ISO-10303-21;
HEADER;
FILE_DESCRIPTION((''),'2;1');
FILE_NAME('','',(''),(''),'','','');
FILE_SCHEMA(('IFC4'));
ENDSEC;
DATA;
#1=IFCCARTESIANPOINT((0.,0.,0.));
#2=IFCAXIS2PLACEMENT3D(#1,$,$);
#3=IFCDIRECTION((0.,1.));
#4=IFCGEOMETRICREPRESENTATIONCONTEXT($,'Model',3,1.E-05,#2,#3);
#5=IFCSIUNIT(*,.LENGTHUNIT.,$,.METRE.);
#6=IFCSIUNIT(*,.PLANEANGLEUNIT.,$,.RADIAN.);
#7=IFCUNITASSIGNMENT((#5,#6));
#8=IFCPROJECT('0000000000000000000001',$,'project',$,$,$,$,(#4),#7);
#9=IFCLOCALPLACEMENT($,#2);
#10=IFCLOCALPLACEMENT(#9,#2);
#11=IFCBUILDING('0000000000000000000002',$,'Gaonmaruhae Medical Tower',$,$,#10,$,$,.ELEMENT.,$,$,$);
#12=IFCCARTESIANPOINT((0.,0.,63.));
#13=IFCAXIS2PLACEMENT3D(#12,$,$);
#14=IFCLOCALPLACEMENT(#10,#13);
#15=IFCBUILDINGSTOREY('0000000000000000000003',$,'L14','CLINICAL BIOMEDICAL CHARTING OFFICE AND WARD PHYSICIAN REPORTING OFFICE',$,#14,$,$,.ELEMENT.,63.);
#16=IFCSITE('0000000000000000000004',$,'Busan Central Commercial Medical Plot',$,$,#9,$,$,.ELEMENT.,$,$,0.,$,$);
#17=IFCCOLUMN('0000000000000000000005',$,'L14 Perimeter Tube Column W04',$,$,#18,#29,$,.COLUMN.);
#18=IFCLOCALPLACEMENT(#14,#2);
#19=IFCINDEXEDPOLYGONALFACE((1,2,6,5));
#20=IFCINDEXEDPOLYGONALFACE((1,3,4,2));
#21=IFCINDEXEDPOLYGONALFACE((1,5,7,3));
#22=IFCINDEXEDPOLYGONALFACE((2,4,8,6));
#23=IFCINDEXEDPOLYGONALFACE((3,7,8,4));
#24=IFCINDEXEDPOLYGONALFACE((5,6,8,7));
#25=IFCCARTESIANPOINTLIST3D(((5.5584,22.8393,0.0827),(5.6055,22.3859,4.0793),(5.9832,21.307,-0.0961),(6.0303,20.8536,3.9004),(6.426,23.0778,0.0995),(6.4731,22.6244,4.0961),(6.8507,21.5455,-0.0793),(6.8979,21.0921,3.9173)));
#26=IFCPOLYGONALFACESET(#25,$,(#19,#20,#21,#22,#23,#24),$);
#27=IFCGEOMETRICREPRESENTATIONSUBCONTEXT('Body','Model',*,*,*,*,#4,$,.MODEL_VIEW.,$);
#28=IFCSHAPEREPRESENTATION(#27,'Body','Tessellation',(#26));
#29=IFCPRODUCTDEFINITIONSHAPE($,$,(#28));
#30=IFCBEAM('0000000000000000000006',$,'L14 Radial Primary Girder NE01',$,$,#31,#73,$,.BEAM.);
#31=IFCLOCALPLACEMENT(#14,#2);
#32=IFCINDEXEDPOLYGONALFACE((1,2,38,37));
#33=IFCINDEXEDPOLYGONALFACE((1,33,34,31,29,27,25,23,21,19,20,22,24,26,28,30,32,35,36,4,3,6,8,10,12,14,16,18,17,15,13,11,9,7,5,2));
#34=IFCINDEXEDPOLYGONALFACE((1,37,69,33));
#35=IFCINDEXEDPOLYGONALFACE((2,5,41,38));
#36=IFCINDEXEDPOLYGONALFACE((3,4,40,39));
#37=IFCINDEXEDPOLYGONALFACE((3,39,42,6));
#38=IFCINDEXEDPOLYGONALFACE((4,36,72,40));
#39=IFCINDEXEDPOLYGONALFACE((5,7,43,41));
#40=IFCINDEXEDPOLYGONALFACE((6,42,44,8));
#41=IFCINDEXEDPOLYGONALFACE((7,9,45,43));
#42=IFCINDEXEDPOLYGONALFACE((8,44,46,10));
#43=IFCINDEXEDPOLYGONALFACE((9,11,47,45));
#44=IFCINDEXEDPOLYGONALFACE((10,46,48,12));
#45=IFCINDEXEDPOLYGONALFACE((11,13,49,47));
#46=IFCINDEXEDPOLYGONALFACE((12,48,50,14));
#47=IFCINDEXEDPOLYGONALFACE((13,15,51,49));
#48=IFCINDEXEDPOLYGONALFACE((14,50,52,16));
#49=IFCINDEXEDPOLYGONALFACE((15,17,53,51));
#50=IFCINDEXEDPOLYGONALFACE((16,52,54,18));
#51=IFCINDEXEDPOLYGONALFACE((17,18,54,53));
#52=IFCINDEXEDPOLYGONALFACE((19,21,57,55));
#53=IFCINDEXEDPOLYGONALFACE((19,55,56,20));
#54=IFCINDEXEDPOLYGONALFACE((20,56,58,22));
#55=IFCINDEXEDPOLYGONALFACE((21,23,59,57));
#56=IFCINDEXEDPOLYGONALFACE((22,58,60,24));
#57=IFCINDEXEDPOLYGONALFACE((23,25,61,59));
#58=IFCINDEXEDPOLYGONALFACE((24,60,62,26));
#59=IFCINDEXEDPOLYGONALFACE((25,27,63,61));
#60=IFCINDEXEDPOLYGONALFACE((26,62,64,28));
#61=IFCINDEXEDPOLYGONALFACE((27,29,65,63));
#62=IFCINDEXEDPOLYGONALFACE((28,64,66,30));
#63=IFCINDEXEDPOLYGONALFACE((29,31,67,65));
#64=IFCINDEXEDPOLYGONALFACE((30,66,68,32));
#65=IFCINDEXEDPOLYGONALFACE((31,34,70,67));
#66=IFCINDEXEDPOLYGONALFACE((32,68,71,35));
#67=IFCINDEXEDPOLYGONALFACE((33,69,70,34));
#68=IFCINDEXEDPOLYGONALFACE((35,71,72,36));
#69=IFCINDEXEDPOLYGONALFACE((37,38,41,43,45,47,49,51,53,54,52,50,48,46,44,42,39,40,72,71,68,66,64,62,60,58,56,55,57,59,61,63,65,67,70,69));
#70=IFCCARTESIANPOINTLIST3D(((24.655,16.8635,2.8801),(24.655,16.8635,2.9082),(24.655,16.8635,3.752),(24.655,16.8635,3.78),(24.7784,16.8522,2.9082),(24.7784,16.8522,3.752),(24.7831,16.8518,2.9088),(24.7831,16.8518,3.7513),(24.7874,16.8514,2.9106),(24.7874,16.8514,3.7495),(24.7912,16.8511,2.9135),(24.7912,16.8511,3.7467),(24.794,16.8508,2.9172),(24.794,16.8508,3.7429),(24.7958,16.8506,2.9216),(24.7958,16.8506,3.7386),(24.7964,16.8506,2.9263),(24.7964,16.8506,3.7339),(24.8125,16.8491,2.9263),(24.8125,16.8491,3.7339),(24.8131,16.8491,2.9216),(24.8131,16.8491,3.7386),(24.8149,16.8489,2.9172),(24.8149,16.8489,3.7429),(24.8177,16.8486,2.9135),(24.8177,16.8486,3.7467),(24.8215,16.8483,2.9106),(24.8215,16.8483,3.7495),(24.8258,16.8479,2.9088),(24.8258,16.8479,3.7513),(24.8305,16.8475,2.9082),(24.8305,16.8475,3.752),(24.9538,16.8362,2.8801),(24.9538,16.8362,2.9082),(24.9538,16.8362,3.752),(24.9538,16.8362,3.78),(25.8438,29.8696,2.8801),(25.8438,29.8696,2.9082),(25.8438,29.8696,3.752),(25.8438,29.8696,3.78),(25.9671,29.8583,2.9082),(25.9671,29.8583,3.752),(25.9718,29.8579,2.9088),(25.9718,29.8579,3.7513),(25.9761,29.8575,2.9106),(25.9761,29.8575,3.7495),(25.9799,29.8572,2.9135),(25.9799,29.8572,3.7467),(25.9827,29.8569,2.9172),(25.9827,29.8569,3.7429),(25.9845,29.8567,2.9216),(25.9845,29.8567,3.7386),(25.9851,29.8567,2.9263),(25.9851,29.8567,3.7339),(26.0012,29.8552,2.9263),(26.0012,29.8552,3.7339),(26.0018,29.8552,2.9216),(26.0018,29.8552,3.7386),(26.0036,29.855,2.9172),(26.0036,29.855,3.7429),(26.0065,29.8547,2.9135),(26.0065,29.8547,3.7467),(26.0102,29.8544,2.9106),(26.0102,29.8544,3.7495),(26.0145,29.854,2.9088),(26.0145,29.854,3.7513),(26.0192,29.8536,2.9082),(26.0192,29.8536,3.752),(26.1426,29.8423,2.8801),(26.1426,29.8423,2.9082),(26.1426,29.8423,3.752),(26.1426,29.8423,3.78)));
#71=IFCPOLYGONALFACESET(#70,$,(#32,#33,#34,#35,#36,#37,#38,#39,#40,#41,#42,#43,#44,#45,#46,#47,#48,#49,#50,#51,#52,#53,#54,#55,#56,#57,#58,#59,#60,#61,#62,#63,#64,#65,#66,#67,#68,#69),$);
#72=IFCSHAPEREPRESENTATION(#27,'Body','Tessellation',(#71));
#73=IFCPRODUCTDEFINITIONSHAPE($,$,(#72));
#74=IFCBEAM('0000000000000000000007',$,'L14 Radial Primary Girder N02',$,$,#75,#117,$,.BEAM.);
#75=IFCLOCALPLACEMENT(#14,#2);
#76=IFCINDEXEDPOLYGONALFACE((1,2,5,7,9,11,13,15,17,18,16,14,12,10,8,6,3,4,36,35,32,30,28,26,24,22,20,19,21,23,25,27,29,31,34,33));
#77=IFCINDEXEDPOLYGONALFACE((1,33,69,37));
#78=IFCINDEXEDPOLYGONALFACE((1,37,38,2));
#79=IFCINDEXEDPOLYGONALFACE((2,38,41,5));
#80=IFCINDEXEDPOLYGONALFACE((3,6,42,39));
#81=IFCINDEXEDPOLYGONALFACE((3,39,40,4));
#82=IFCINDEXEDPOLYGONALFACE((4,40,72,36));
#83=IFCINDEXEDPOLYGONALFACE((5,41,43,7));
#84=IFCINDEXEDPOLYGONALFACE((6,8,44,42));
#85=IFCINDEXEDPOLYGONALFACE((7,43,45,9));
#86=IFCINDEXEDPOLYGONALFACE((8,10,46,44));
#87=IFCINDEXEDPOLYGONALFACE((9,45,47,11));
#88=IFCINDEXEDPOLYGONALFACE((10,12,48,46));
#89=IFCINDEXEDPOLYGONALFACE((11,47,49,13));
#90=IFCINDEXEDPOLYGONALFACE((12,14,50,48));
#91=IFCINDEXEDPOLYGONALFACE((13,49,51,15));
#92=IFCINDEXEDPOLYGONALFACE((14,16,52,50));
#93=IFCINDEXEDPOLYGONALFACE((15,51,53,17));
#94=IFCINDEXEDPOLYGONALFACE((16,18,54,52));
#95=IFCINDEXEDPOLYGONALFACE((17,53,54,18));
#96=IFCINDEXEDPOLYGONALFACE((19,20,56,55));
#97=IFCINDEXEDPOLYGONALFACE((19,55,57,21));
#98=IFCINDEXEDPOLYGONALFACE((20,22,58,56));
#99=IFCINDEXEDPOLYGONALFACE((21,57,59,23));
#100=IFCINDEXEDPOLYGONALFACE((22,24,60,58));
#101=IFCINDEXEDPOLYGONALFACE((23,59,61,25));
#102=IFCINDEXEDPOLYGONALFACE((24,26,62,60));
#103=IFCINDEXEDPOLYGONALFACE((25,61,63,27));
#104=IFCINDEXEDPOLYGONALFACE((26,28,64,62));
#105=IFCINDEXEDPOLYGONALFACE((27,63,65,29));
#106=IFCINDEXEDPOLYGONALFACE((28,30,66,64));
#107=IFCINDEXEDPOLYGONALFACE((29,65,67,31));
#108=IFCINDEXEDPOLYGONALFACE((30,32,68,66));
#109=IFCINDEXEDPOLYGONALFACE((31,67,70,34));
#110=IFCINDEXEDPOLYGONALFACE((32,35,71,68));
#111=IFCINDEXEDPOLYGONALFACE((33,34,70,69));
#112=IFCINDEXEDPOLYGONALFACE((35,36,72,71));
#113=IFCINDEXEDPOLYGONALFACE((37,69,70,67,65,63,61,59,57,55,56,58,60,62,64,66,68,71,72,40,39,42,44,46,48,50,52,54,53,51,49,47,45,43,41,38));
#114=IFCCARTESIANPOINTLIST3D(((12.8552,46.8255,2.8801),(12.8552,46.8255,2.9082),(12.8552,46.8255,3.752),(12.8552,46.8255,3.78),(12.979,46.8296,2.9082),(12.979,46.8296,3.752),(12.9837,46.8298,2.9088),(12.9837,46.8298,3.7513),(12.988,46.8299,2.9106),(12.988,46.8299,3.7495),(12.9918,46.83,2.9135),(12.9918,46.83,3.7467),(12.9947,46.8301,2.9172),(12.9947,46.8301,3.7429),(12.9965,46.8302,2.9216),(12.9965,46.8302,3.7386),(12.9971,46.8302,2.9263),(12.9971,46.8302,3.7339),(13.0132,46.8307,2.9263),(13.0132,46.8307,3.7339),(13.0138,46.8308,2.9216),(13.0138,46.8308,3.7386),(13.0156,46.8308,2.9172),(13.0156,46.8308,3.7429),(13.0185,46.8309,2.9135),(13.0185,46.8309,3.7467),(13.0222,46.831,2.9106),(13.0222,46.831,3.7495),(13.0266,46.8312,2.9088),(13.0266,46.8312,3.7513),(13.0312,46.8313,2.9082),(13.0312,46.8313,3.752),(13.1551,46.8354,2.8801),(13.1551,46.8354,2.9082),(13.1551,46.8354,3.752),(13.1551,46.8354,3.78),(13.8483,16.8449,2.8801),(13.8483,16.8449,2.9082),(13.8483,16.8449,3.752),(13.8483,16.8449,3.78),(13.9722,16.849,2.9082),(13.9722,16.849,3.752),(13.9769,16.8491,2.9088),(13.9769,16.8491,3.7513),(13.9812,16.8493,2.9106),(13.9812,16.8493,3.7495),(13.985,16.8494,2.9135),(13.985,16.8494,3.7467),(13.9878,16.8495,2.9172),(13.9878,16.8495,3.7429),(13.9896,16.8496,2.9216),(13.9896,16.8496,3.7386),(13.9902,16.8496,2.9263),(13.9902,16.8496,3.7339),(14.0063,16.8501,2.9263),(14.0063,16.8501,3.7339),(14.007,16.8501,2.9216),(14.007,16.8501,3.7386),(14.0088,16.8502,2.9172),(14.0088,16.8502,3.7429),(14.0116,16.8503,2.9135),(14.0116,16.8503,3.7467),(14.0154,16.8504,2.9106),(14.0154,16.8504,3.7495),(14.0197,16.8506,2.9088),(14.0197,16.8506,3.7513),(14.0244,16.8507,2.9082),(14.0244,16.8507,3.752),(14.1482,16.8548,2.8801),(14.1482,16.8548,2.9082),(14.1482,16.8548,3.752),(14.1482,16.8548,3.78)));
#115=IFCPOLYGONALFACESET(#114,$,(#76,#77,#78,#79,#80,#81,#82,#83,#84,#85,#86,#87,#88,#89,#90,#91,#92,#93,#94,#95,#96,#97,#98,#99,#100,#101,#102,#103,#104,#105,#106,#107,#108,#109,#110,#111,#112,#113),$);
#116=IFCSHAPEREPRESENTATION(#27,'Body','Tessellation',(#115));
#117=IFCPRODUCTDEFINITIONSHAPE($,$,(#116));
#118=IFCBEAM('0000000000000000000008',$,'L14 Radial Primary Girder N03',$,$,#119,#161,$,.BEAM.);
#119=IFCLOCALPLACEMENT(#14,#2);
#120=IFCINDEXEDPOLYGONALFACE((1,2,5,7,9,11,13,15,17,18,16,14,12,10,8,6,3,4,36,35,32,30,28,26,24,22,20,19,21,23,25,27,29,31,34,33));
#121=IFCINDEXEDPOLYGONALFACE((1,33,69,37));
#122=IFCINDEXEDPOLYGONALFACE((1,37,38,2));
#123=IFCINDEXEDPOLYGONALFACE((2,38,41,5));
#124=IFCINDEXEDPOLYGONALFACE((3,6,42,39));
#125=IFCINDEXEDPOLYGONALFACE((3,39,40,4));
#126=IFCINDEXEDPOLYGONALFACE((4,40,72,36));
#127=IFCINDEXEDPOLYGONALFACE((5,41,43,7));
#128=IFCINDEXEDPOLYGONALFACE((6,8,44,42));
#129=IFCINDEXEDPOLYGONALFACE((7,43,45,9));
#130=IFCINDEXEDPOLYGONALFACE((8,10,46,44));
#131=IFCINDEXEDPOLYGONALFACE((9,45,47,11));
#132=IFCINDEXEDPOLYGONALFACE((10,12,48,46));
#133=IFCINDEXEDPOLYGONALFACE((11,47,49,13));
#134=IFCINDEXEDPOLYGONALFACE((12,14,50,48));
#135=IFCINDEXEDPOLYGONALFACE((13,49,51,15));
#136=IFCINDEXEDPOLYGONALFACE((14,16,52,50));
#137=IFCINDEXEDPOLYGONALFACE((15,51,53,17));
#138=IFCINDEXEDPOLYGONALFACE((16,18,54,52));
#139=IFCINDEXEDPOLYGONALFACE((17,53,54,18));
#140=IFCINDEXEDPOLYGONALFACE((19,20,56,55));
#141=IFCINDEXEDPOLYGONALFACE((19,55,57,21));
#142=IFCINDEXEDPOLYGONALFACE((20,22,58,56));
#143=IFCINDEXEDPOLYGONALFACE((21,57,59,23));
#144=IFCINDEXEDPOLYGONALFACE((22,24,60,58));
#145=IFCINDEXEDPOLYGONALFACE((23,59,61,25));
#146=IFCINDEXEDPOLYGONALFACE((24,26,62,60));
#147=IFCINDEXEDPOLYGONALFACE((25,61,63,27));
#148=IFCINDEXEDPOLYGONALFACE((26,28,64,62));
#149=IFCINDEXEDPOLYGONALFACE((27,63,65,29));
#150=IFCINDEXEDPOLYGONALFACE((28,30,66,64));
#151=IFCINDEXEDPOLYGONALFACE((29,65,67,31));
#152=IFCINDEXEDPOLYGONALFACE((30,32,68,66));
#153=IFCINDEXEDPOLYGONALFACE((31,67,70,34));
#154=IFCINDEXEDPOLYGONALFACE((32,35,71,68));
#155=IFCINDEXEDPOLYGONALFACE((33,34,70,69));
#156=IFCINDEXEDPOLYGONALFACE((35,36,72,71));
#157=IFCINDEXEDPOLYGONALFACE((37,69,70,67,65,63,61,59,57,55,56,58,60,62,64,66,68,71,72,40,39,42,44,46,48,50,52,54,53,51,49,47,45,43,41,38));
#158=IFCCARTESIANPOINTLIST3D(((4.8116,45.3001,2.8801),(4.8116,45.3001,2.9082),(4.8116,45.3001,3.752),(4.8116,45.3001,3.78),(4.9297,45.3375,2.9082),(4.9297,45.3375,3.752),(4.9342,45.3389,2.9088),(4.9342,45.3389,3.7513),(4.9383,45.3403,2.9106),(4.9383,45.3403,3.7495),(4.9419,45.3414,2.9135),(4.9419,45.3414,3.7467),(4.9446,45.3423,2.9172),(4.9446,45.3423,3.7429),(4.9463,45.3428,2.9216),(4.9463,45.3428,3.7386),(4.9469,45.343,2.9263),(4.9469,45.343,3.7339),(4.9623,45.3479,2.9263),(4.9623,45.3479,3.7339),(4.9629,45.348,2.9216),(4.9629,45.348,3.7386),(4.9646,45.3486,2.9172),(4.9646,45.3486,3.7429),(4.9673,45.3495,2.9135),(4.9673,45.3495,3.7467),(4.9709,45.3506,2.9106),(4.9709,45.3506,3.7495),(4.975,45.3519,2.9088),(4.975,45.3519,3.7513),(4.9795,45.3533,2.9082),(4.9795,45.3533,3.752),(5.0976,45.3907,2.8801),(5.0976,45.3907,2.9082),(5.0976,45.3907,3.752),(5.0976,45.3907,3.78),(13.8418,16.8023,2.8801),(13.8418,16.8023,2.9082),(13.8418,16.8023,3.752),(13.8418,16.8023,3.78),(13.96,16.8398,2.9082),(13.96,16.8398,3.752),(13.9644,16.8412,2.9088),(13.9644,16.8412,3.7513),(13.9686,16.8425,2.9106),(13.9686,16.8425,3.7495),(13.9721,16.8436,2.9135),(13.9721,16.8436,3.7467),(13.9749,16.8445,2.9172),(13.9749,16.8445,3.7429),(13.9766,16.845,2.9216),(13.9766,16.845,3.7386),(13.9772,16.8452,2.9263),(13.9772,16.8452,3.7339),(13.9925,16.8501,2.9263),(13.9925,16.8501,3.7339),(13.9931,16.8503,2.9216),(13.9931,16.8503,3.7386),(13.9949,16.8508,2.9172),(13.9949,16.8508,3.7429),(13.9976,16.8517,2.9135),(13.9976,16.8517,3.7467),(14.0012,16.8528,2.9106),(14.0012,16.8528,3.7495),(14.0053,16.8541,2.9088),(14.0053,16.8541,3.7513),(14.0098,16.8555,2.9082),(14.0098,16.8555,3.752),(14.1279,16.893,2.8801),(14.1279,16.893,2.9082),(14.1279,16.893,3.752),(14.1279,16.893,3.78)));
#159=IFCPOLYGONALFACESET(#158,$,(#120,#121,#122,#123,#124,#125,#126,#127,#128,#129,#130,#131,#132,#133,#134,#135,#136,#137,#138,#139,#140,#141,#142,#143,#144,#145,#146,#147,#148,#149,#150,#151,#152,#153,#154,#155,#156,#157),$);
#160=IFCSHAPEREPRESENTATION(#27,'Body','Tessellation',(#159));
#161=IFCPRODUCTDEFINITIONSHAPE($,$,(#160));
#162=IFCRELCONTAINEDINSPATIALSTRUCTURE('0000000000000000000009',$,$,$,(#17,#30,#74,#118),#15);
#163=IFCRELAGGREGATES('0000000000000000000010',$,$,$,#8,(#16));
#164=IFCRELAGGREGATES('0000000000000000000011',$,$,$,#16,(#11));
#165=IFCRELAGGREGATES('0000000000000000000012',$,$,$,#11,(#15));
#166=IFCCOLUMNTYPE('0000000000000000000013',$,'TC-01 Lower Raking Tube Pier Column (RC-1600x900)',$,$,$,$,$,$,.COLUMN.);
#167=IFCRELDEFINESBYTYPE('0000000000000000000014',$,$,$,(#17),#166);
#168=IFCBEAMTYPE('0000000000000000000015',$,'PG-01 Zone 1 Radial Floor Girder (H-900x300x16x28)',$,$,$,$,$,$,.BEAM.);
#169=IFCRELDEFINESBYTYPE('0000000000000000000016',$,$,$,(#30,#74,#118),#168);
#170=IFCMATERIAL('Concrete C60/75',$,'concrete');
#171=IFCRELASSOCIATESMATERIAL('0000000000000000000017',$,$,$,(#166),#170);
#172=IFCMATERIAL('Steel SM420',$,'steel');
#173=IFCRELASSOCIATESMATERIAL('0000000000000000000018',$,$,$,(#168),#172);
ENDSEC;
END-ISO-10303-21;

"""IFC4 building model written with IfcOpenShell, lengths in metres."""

from ifc_helpers import new_model, si_unit, direction, frame, origin, origin_2d, place, context, subcontext, project, spatial, rectangle, i_section, extrude, material, material_profile, profile_set, type_object, element, save


model = new_model("IFC4")

# Units and contexts
model_context = context("Model", 3, precision=1e-05, world=origin(), true_north=direction((0.0, 1.0)))
body_context = subcontext(model_context, "Body", "Model", "MODEL_VIEW")
ifc_project = project(units=[si_unit("LENGTHUNIT", "METRE"), si_unit("PLANEANGLEUNIT", "RADIAN")], contexts=[model_context])

# Site, building, storey
site_placement = place(None, origin())
site = spatial("IfcSite", under=ifc_project, at=site_placement, Name="Busan Central Commercial Medical Plot", CompositionType="ELEMENT", RefElevation=0.0)
building_placement = place(site_placement, origin())
building = spatial("IfcBuilding", under=site, at=building_placement, Name="Gaonmaruhae Medical Tower", CompositionType="ELEMENT")
storey_placement = place(building_placement, frame((0.0, 0.0, 63.0)))
storey = spatial("IfcBuildingStorey", under=building, at=storey_placement, Name="L14", Description="CLINICAL BIOMEDICAL CHARTING OFFICE AND WARD PHYSICIAN REPORTING OFFICE", CompositionType="ELEMENT", Elevation=63.0)

# Column
ifc_material_1 = material(Name="Concrete C60/75", Category="concrete")
ifc_material_profile_1 = material_profile(ifc_material_1, rectangle(XDim=1.6001, YDim=0.8999, at=origin_2d()), Name="RC-1600x900")
ifc_profile_set_1 = profile_set([ifc_material_profile_1], Name="Concrete C60/75")
column_type = type_object("IfcColumnType", Name="TC-01 Lower Raking Tube Pier Column (RC-1600x900)", PredefinedType="COLUMN", material=ifc_profile_set_1)
column_placement = place(storey_placement, frame((6.2046, 22.1924, 0.0017), z_axis=(0.011714, -0.112709, 0.993559), x_axis=(-0.265463, 0.957621, 0.111762)))
element("IfcColumn", 1, at=column_placement, inside=storey, type_object=column_type, Name="L14 Perimeter Tube Column W04", PredefinedType="COLUMN", context=body_context, shape_type="SweptSolid", body=[
    extrude(rectangle(XDim=1.6001, YDim=0.8999, at=origin_2d()), origin(), (0.0, 0.0, 1.0), 4.0225),
])

# Beams
ifc_material_2 = material(Name="Steel SM420", Category="steel")
ifc_material_profile_2 = material_profile(ifc_material_2, i_section(OverallWidth=0.3, OverallDepth=0.8999, WebThickness=0.0161, FlangeThickness=0.0281, FilletRadius=0.0181, at=origin_2d()), Name="H-900x300x16x28")
ifc_profile_set_2 = profile_set([ifc_material_profile_2], Name="Steel SM420")
beam_type_1 = type_object("IfcBeamType", Name="PG-01 Zone 1 Radial Floor Girder (H-900x300x16x28)", PredefinedType="BEAM", material=ifc_profile_set_2)
beam_1_placement = place(storey_placement, frame((24.8044, 16.8499, 3.3301), z_axis=(0.091018, 0.995849, 0.0), x_axis=(-0.995849, 0.091018, 0.0)))
element("IfcBeam", 2, at=beam_1_placement, inside=storey, type_object=beam_type_1, Name="L14 Radial Primary Girder NE01", PredefinedType="BEAM", context=body_context, shape_type="SweptSolid", body=[
    extrude(i_section(OverallWidth=0.3, OverallDepth=0.8999, WebThickness=0.0161, FlangeThickness=0.0281, FilletRadius=0.0181, at=origin_2d()), origin(), (0.0, 0.0, 1.0), 13.0603),
])
beam_2_placement = place(storey_placement, frame((13.9983, 16.8499, 3.3301), z_axis=(-0.033109, 0.999452, 0.0), x_axis=(-0.999452, -0.033109, 0.0)))
element("IfcBeam", 3, at=beam_2_placement, inside=storey, type_object=beam_type_1, Name="L14 Radial Primary Girder N02", PredefinedType="BEAM", context=body_context, shape_type="SweptSolid", body=[
    extrude(i_section(OverallWidth=0.3, OverallDepth=0.8999, WebThickness=0.0161, FlangeThickness=0.0281, FilletRadius=0.0181, at=origin_2d()), origin(), (0.0, 0.0, 1.0), 29.9971),
])
beam_3_placement = place(storey_placement, frame((13.9849, 16.8477, 3.3301), z_axis=(-0.302073, 0.953285, 0.0), x_axis=(-0.953285, -0.302073, 0.0)))
element("IfcBeam", 4, at=beam_3_placement, inside=storey, type_object=beam_type_1, Name="L14 Radial Primary Girder N03", PredefinedType="BEAM", context=body_context, shape_type="SweptSolid", body=[
    extrude(i_section(OverallWidth=0.3, OverallDepth=0.8999, WebThickness=0.0161, FlangeThickness=0.0281, FilletRadius=0.0181, at=origin_2d()), origin(), (0.0, 0.0, 1.0), 29.8943),
])

save(model, "model.ifc")
